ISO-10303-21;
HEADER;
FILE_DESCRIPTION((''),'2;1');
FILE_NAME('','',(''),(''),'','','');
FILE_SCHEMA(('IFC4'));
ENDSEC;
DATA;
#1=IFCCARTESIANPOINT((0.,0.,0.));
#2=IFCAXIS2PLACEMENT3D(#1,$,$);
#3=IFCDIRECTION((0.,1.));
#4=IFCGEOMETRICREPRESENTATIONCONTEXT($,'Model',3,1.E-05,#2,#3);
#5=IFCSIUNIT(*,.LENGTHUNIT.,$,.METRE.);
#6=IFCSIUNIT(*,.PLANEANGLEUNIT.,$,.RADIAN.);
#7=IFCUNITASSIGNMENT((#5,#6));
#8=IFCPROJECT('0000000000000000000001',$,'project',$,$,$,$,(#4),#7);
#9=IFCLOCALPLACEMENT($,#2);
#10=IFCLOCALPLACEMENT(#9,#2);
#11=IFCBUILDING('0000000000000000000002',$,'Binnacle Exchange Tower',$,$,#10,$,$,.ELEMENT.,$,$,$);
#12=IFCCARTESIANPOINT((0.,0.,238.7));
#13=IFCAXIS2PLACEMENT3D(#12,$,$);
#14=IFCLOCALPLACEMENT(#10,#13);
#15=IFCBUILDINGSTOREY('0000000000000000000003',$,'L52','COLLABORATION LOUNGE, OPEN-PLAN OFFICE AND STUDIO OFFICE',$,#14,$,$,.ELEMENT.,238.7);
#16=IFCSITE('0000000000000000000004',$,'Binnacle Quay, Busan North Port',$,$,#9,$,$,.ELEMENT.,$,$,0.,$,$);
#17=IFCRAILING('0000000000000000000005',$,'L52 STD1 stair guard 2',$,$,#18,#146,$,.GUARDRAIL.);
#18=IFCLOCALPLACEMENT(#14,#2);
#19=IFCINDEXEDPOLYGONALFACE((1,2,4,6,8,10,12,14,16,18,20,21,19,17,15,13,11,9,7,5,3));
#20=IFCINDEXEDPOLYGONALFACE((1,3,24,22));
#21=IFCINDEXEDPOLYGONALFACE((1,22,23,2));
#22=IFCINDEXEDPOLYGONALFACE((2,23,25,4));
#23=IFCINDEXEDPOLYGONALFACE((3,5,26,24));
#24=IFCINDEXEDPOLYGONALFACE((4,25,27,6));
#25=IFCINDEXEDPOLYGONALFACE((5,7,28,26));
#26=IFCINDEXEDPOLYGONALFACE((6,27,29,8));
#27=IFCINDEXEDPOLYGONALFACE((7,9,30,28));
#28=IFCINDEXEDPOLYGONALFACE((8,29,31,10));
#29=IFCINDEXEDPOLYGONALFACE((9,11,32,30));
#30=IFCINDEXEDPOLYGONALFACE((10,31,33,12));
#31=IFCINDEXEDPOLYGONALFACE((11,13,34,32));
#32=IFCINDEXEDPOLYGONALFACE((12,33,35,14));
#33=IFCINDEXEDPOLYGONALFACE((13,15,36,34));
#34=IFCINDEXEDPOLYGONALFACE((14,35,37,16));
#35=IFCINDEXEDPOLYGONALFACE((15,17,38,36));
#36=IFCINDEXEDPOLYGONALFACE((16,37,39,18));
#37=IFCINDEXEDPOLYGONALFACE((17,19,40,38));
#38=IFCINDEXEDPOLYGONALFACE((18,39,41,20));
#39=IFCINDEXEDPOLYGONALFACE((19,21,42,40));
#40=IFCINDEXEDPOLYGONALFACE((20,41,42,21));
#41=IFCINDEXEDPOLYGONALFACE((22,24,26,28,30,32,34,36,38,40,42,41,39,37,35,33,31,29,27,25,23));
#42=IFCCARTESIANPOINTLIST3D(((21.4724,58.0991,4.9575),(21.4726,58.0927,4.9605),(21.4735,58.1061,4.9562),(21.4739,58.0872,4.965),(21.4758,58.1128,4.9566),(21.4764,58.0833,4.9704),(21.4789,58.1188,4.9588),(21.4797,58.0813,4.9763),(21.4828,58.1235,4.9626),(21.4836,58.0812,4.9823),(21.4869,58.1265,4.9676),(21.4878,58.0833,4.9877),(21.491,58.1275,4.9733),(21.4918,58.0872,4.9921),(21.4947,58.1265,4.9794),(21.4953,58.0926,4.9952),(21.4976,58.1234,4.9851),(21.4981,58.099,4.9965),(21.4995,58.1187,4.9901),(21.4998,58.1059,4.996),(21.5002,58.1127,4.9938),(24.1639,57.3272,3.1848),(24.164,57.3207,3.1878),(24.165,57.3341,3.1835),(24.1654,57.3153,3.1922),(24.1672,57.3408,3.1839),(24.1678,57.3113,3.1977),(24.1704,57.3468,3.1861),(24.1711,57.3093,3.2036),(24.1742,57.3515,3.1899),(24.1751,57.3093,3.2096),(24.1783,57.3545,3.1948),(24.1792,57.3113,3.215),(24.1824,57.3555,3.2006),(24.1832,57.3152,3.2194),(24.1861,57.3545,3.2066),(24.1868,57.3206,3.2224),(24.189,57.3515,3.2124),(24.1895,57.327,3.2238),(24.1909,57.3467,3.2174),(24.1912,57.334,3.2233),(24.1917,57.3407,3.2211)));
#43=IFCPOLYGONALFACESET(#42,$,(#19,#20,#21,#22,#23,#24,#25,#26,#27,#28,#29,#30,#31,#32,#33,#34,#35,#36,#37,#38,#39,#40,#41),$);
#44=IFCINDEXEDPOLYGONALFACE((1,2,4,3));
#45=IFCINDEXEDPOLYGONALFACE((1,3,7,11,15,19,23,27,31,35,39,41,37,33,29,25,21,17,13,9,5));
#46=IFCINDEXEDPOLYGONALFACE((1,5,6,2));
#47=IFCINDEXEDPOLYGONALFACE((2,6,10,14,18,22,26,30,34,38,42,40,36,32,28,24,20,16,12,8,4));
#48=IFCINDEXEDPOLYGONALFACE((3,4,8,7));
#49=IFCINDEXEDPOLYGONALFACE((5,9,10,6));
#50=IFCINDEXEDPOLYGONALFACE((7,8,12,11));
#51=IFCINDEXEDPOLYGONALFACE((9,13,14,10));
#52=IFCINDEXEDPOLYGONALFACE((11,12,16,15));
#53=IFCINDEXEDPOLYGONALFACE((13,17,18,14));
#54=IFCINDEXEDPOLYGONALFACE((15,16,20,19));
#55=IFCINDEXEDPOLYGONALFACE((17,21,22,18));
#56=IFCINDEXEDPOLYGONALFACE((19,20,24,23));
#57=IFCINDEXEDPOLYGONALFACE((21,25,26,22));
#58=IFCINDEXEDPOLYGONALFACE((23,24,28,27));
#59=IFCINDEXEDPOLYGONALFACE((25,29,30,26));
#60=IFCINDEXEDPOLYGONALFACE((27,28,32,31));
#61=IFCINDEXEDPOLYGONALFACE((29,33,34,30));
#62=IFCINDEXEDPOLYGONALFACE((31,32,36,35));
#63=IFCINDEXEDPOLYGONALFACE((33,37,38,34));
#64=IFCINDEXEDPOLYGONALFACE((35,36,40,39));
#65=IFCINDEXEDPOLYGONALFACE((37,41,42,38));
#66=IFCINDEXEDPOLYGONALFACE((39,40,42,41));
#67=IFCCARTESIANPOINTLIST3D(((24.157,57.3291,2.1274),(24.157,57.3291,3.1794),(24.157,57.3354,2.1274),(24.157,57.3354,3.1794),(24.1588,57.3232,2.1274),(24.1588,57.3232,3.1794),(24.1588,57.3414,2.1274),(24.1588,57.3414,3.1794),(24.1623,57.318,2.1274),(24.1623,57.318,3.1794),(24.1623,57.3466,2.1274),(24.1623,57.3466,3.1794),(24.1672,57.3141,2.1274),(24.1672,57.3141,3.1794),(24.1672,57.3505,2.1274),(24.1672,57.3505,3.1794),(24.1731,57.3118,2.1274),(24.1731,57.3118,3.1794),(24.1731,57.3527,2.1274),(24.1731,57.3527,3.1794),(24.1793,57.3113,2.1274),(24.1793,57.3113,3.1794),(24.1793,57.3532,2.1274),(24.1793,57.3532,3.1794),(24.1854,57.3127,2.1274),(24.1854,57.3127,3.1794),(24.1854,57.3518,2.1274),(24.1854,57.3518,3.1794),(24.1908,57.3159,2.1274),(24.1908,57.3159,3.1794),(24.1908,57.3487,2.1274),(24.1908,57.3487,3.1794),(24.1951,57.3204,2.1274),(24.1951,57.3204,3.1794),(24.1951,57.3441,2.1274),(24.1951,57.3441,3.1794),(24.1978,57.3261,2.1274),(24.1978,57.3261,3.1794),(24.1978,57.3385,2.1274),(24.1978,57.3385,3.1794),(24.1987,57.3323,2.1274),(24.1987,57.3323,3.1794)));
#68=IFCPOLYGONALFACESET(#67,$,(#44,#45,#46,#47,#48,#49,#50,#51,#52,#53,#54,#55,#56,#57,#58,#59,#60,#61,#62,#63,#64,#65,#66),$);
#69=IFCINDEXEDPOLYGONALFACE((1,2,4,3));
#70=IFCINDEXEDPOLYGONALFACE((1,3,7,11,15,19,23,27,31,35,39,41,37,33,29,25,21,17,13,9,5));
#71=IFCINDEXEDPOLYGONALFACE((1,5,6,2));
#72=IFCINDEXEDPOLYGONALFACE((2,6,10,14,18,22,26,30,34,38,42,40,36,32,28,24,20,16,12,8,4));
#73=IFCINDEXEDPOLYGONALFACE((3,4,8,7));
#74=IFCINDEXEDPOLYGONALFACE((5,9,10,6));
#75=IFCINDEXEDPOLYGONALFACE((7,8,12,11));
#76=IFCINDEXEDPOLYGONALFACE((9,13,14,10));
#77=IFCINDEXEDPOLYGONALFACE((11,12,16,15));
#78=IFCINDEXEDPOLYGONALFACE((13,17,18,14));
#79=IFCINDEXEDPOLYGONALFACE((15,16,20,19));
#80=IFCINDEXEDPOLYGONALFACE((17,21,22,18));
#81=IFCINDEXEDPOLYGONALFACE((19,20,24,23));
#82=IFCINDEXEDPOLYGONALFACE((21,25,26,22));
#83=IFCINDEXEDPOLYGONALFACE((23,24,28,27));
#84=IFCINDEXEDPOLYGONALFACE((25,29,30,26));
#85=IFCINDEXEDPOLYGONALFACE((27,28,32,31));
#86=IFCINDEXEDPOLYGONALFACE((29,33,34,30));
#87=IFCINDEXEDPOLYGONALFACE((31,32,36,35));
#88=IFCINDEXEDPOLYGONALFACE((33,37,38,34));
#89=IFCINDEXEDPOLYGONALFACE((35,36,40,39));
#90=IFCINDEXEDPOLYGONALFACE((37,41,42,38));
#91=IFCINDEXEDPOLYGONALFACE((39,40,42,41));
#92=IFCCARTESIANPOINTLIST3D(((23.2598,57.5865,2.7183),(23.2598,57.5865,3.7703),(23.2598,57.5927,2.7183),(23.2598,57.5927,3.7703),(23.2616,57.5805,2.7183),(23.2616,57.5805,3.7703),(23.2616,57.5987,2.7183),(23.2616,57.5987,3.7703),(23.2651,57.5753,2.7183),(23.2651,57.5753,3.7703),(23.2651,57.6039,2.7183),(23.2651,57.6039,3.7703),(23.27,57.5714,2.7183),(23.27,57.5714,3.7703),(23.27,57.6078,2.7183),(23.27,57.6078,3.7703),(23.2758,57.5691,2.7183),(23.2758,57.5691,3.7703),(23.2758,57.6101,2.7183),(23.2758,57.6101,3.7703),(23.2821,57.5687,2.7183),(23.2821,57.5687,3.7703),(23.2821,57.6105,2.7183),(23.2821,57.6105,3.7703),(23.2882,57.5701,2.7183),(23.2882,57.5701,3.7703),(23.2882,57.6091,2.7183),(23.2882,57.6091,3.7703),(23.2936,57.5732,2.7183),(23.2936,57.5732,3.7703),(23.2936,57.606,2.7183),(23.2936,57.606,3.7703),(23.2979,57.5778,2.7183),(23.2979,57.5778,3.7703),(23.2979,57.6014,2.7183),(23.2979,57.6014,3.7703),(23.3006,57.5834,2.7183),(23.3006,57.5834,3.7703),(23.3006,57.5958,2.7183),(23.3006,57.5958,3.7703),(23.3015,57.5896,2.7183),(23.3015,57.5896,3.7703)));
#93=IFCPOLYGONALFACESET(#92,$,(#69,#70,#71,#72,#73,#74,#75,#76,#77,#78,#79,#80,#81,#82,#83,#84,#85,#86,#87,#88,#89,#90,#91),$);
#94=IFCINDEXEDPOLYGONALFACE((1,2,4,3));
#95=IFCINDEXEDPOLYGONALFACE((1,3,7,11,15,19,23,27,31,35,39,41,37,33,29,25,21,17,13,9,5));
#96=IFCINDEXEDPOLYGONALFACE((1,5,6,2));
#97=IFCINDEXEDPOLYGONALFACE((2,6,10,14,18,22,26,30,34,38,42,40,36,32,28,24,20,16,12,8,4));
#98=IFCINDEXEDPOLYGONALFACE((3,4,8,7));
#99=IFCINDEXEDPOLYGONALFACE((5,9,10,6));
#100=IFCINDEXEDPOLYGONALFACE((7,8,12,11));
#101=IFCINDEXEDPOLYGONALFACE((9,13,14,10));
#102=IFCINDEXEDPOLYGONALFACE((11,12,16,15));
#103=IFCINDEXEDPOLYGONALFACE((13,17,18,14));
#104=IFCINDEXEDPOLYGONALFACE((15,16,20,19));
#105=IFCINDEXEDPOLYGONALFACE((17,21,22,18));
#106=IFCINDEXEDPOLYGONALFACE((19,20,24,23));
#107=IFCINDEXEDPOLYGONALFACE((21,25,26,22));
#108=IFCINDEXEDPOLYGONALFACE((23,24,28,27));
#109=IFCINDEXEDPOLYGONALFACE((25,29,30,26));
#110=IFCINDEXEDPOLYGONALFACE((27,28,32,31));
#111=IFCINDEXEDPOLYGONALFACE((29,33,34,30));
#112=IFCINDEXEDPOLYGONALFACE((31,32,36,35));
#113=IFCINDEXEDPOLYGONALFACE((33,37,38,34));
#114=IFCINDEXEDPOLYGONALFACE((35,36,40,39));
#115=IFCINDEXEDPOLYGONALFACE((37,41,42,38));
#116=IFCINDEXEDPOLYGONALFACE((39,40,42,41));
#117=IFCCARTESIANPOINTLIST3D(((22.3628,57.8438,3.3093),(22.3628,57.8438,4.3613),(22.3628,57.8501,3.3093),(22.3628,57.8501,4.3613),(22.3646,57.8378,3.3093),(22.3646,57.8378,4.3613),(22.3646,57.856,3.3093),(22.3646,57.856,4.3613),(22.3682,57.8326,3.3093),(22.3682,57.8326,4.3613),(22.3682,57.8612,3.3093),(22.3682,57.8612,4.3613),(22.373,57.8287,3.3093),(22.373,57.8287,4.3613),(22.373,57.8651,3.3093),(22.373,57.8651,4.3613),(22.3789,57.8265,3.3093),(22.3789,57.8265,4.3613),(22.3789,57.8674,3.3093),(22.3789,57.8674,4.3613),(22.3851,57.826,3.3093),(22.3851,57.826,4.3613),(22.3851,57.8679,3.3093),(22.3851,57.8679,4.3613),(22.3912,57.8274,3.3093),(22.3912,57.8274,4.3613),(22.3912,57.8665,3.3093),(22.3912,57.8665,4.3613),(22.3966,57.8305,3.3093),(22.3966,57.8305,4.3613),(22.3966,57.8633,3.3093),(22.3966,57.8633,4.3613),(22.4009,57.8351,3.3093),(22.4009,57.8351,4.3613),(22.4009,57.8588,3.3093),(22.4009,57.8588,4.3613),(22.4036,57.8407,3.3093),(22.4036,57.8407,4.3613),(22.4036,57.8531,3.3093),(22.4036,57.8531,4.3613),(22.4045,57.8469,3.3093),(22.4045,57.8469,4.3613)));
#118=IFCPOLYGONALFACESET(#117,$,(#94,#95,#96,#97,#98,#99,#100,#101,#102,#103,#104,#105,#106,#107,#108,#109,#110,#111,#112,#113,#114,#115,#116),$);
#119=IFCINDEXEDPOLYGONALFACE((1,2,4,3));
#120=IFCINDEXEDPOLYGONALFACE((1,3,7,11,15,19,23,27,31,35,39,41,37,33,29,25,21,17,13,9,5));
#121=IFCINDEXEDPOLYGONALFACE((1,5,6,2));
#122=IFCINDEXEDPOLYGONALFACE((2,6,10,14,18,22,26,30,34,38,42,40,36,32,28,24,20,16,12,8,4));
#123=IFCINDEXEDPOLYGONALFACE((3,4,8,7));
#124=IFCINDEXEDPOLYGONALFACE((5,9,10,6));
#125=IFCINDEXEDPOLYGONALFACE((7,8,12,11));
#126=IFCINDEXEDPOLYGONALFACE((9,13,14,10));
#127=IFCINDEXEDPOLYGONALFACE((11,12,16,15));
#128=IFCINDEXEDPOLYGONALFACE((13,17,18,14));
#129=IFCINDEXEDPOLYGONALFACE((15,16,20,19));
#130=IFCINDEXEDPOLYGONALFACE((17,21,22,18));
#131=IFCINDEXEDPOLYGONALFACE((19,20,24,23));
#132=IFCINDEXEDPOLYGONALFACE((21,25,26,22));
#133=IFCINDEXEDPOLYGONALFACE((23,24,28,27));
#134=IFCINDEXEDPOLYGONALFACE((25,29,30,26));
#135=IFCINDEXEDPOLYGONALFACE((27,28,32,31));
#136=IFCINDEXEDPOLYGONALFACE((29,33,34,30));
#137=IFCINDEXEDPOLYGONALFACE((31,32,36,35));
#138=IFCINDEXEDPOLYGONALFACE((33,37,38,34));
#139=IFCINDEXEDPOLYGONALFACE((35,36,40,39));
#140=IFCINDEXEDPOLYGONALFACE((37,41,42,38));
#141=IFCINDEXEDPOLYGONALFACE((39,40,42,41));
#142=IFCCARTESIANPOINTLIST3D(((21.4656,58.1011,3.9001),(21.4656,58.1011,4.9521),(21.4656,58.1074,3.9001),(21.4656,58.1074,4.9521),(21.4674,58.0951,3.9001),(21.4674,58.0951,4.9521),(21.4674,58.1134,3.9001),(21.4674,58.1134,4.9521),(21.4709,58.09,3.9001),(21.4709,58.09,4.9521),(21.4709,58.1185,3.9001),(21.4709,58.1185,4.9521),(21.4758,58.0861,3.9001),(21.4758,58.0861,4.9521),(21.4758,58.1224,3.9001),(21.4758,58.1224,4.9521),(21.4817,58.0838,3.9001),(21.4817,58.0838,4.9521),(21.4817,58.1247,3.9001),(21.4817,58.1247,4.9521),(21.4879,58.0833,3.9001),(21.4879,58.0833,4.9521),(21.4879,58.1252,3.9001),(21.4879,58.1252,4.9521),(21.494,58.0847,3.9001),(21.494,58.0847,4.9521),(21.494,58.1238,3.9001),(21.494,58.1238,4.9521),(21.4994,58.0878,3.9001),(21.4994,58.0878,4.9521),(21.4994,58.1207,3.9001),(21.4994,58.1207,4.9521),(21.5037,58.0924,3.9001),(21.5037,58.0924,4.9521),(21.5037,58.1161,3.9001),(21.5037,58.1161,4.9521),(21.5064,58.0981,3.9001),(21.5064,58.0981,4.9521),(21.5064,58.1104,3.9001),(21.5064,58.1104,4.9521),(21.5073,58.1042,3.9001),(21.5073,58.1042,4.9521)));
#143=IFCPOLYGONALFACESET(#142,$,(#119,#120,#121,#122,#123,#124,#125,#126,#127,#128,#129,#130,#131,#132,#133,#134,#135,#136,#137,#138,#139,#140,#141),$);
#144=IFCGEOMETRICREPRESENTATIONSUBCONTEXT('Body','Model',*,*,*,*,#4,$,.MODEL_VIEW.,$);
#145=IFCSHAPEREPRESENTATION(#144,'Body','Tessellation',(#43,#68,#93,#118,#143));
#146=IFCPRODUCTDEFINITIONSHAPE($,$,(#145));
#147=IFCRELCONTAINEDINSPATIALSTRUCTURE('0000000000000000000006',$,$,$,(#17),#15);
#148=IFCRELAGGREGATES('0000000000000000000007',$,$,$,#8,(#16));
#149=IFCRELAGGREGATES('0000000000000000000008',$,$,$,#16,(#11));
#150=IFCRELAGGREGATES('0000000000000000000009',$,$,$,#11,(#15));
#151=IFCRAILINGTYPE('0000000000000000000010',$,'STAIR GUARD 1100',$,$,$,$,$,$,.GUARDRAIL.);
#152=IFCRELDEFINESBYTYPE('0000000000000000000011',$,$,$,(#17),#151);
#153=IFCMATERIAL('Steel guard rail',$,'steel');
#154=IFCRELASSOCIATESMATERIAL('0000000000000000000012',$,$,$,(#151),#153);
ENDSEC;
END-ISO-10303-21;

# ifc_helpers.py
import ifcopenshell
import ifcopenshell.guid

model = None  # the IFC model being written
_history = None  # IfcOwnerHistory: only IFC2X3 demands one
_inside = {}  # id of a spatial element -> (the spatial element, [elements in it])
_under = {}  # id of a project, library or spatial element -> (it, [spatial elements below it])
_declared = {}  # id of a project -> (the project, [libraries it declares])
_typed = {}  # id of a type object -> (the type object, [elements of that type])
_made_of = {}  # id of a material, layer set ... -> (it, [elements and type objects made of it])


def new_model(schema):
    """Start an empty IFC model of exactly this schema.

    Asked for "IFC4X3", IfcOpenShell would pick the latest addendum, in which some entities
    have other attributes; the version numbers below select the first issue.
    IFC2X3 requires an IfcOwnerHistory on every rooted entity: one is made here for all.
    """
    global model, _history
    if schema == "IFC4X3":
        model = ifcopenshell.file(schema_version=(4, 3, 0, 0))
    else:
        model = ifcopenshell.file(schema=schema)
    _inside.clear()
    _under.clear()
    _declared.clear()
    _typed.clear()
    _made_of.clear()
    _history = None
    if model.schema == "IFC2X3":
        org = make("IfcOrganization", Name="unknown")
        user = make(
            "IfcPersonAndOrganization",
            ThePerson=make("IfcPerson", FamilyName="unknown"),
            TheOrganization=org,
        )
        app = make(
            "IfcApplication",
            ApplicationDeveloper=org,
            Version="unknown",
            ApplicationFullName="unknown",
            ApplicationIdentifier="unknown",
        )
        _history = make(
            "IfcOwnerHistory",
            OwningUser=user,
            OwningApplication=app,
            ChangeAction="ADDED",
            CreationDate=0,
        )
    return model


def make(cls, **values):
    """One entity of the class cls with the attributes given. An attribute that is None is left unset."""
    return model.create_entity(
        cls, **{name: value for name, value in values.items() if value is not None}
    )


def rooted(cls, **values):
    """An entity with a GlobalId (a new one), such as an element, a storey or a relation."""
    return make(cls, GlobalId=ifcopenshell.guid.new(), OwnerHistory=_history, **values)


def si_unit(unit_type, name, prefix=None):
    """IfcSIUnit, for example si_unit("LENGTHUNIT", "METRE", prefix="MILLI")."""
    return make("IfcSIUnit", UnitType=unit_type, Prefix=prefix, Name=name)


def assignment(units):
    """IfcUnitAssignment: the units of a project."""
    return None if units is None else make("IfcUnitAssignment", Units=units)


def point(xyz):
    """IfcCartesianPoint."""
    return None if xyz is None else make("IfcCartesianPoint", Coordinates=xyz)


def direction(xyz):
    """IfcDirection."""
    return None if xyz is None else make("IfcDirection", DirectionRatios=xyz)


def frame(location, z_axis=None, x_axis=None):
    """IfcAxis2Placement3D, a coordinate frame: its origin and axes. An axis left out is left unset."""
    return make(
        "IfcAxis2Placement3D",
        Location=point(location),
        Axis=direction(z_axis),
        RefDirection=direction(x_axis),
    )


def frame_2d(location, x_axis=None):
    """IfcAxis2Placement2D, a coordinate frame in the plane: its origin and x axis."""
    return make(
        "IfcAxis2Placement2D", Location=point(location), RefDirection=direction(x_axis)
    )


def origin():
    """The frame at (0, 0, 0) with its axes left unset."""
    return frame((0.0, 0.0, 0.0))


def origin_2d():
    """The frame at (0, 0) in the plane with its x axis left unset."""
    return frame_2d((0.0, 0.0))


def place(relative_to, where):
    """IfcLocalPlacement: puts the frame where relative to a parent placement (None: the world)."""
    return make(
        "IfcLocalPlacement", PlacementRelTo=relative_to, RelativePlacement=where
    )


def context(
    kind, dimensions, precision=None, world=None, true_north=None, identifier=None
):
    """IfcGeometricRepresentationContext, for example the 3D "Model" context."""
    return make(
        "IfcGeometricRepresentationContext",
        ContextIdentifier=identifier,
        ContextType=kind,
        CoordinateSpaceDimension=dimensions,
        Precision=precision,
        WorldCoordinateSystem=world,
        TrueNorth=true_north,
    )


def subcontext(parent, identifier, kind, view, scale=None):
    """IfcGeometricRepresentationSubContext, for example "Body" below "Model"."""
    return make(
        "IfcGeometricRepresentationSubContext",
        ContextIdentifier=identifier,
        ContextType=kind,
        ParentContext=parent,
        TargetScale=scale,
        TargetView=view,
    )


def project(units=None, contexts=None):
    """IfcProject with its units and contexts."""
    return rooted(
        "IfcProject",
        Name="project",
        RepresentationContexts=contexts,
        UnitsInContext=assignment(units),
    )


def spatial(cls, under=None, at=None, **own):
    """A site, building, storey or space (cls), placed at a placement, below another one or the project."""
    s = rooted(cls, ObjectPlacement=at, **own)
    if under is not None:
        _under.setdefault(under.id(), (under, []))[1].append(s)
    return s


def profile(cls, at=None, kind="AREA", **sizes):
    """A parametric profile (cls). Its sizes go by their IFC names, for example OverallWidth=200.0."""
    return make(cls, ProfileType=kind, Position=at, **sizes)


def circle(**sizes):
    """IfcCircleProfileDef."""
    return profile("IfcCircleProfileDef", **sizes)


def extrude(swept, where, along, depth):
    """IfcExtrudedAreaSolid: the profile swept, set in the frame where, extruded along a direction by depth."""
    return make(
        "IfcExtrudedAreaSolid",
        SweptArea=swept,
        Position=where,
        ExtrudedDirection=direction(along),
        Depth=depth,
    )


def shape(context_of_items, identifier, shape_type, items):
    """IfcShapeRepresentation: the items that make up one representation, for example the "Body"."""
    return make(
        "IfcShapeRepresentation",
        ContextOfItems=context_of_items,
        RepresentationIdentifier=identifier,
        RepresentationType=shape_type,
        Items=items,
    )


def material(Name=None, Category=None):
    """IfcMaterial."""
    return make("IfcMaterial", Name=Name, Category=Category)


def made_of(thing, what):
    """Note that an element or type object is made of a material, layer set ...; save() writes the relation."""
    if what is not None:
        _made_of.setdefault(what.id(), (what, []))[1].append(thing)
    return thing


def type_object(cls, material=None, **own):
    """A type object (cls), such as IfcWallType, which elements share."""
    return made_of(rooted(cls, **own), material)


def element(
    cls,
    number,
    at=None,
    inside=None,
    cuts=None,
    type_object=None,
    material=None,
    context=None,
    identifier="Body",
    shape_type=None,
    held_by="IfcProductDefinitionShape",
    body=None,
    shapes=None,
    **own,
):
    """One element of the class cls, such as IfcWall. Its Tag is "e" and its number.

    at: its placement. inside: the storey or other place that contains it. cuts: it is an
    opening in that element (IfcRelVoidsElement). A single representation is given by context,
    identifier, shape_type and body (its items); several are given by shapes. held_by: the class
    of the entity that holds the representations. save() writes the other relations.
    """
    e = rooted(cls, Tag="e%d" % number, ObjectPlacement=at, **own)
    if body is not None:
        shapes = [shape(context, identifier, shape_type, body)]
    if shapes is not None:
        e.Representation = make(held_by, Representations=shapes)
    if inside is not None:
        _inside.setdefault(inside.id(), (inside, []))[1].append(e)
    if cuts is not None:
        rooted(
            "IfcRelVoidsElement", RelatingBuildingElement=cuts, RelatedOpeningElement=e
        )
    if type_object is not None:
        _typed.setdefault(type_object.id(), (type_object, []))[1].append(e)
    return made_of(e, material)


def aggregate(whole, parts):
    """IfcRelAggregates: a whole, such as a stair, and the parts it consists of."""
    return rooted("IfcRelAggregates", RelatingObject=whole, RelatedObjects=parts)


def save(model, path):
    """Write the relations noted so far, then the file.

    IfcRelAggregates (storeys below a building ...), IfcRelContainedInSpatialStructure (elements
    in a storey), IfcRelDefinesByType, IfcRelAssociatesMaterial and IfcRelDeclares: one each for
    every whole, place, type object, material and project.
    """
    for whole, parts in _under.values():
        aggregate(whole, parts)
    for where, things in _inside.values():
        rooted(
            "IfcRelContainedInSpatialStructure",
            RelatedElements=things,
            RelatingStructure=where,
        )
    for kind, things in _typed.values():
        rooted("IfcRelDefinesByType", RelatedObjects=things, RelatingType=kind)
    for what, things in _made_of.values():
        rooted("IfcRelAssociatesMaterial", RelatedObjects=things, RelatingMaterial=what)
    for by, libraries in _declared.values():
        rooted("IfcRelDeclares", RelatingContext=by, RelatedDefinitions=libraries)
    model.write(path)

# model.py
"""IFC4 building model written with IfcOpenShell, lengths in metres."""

from ifc_helpers import new_model, si_unit, direction, frame, origin, origin_2d, place, context, subcontext, project, spatial, circle, extrude, material, type_object, element, save


model = new_model("IFC4")

# Units and contexts
model_context = context("Model", 3, precision=1e-05, world=origin(), true_north=direction((0.0, 1.0)))
body_context = subcontext(model_context, "Body", "Model", "MODEL_VIEW")
ifc_project = project(units=[si_unit("LENGTHUNIT", "METRE"), si_unit("PLANEANGLEUNIT", "RADIAN")], contexts=[model_context])

# Site, building, storey
site_placement = place(None, origin())
site = spatial("IfcSite", under=ifc_project, at=site_placement, Name="Binnacle Quay, Busan North Port", CompositionType="ELEMENT", RefElevation=0.0)
building_placement = place(site_placement, origin())
building = spatial("IfcBuilding", under=site, at=building_placement, Name="Binnacle Exchange Tower", CompositionType="ELEMENT")
storey_placement = place(building_placement, frame((0.0, 0.0, 238.7)))
storey = spatial("IfcBuildingStorey", under=building, at=storey_placement, Name="L52", Description="COLLABORATION LOUNGE, OPEN-PLAN OFFICE AND STUDIO OFFICE", CompositionType="ELEMENT", Elevation=238.7)

# Railing
ifc_material_1 = material(Name="Steel guard rail", Category="steel")
railing_type = type_object("IfcRailingType", Name="STAIR GUARD 1100", PredefinedType="GUARDRAIL", material=ifc_material_1)
railing_1_placement = place(storey_placement, frame((24.1777, 57.3323, 2.1274)))
element("IfcRailing", 1, at=railing_1_placement, inside=storey, type_object=railing_type, Name="L52 STD1 stair guard 2", PredefinedType="GUARDRAIL", context=body_context, shape_type="SweptSolid", body=[
    extrude(circle(Radius=0.0239, at=origin_2d()), frame((0.0, 0.0, 1.0762), z_axis=(-0.812151, 0.232948, 0.534926), x_axis=(-0.275711, -0.96124, 0.0)), (0.0, 0.0, 1.0), 3.314),
    extrude(circle(Radius=0.021, at=origin_2d()), origin(), (0.0, 0.0, 1.0), 1.052),
    extrude(circle(Radius=0.021, at=origin_2d()), frame((-0.8972, 0.2573, 0.5908)), (0.0, 0.0, 1.0), 1.052),
    extrude(circle(Radius=0.021, at=origin_2d()), frame((-1.7942, 0.5146, 1.1819)), (0.0, 0.0, 1.0), 1.052),
    extrude(circle(Radius=0.021, at=origin_2d()), frame((-2.6914, 0.772, 1.7727)), (0.0, 0.0, 1.0), 1.052),
])

save(model, "model.ifc")
